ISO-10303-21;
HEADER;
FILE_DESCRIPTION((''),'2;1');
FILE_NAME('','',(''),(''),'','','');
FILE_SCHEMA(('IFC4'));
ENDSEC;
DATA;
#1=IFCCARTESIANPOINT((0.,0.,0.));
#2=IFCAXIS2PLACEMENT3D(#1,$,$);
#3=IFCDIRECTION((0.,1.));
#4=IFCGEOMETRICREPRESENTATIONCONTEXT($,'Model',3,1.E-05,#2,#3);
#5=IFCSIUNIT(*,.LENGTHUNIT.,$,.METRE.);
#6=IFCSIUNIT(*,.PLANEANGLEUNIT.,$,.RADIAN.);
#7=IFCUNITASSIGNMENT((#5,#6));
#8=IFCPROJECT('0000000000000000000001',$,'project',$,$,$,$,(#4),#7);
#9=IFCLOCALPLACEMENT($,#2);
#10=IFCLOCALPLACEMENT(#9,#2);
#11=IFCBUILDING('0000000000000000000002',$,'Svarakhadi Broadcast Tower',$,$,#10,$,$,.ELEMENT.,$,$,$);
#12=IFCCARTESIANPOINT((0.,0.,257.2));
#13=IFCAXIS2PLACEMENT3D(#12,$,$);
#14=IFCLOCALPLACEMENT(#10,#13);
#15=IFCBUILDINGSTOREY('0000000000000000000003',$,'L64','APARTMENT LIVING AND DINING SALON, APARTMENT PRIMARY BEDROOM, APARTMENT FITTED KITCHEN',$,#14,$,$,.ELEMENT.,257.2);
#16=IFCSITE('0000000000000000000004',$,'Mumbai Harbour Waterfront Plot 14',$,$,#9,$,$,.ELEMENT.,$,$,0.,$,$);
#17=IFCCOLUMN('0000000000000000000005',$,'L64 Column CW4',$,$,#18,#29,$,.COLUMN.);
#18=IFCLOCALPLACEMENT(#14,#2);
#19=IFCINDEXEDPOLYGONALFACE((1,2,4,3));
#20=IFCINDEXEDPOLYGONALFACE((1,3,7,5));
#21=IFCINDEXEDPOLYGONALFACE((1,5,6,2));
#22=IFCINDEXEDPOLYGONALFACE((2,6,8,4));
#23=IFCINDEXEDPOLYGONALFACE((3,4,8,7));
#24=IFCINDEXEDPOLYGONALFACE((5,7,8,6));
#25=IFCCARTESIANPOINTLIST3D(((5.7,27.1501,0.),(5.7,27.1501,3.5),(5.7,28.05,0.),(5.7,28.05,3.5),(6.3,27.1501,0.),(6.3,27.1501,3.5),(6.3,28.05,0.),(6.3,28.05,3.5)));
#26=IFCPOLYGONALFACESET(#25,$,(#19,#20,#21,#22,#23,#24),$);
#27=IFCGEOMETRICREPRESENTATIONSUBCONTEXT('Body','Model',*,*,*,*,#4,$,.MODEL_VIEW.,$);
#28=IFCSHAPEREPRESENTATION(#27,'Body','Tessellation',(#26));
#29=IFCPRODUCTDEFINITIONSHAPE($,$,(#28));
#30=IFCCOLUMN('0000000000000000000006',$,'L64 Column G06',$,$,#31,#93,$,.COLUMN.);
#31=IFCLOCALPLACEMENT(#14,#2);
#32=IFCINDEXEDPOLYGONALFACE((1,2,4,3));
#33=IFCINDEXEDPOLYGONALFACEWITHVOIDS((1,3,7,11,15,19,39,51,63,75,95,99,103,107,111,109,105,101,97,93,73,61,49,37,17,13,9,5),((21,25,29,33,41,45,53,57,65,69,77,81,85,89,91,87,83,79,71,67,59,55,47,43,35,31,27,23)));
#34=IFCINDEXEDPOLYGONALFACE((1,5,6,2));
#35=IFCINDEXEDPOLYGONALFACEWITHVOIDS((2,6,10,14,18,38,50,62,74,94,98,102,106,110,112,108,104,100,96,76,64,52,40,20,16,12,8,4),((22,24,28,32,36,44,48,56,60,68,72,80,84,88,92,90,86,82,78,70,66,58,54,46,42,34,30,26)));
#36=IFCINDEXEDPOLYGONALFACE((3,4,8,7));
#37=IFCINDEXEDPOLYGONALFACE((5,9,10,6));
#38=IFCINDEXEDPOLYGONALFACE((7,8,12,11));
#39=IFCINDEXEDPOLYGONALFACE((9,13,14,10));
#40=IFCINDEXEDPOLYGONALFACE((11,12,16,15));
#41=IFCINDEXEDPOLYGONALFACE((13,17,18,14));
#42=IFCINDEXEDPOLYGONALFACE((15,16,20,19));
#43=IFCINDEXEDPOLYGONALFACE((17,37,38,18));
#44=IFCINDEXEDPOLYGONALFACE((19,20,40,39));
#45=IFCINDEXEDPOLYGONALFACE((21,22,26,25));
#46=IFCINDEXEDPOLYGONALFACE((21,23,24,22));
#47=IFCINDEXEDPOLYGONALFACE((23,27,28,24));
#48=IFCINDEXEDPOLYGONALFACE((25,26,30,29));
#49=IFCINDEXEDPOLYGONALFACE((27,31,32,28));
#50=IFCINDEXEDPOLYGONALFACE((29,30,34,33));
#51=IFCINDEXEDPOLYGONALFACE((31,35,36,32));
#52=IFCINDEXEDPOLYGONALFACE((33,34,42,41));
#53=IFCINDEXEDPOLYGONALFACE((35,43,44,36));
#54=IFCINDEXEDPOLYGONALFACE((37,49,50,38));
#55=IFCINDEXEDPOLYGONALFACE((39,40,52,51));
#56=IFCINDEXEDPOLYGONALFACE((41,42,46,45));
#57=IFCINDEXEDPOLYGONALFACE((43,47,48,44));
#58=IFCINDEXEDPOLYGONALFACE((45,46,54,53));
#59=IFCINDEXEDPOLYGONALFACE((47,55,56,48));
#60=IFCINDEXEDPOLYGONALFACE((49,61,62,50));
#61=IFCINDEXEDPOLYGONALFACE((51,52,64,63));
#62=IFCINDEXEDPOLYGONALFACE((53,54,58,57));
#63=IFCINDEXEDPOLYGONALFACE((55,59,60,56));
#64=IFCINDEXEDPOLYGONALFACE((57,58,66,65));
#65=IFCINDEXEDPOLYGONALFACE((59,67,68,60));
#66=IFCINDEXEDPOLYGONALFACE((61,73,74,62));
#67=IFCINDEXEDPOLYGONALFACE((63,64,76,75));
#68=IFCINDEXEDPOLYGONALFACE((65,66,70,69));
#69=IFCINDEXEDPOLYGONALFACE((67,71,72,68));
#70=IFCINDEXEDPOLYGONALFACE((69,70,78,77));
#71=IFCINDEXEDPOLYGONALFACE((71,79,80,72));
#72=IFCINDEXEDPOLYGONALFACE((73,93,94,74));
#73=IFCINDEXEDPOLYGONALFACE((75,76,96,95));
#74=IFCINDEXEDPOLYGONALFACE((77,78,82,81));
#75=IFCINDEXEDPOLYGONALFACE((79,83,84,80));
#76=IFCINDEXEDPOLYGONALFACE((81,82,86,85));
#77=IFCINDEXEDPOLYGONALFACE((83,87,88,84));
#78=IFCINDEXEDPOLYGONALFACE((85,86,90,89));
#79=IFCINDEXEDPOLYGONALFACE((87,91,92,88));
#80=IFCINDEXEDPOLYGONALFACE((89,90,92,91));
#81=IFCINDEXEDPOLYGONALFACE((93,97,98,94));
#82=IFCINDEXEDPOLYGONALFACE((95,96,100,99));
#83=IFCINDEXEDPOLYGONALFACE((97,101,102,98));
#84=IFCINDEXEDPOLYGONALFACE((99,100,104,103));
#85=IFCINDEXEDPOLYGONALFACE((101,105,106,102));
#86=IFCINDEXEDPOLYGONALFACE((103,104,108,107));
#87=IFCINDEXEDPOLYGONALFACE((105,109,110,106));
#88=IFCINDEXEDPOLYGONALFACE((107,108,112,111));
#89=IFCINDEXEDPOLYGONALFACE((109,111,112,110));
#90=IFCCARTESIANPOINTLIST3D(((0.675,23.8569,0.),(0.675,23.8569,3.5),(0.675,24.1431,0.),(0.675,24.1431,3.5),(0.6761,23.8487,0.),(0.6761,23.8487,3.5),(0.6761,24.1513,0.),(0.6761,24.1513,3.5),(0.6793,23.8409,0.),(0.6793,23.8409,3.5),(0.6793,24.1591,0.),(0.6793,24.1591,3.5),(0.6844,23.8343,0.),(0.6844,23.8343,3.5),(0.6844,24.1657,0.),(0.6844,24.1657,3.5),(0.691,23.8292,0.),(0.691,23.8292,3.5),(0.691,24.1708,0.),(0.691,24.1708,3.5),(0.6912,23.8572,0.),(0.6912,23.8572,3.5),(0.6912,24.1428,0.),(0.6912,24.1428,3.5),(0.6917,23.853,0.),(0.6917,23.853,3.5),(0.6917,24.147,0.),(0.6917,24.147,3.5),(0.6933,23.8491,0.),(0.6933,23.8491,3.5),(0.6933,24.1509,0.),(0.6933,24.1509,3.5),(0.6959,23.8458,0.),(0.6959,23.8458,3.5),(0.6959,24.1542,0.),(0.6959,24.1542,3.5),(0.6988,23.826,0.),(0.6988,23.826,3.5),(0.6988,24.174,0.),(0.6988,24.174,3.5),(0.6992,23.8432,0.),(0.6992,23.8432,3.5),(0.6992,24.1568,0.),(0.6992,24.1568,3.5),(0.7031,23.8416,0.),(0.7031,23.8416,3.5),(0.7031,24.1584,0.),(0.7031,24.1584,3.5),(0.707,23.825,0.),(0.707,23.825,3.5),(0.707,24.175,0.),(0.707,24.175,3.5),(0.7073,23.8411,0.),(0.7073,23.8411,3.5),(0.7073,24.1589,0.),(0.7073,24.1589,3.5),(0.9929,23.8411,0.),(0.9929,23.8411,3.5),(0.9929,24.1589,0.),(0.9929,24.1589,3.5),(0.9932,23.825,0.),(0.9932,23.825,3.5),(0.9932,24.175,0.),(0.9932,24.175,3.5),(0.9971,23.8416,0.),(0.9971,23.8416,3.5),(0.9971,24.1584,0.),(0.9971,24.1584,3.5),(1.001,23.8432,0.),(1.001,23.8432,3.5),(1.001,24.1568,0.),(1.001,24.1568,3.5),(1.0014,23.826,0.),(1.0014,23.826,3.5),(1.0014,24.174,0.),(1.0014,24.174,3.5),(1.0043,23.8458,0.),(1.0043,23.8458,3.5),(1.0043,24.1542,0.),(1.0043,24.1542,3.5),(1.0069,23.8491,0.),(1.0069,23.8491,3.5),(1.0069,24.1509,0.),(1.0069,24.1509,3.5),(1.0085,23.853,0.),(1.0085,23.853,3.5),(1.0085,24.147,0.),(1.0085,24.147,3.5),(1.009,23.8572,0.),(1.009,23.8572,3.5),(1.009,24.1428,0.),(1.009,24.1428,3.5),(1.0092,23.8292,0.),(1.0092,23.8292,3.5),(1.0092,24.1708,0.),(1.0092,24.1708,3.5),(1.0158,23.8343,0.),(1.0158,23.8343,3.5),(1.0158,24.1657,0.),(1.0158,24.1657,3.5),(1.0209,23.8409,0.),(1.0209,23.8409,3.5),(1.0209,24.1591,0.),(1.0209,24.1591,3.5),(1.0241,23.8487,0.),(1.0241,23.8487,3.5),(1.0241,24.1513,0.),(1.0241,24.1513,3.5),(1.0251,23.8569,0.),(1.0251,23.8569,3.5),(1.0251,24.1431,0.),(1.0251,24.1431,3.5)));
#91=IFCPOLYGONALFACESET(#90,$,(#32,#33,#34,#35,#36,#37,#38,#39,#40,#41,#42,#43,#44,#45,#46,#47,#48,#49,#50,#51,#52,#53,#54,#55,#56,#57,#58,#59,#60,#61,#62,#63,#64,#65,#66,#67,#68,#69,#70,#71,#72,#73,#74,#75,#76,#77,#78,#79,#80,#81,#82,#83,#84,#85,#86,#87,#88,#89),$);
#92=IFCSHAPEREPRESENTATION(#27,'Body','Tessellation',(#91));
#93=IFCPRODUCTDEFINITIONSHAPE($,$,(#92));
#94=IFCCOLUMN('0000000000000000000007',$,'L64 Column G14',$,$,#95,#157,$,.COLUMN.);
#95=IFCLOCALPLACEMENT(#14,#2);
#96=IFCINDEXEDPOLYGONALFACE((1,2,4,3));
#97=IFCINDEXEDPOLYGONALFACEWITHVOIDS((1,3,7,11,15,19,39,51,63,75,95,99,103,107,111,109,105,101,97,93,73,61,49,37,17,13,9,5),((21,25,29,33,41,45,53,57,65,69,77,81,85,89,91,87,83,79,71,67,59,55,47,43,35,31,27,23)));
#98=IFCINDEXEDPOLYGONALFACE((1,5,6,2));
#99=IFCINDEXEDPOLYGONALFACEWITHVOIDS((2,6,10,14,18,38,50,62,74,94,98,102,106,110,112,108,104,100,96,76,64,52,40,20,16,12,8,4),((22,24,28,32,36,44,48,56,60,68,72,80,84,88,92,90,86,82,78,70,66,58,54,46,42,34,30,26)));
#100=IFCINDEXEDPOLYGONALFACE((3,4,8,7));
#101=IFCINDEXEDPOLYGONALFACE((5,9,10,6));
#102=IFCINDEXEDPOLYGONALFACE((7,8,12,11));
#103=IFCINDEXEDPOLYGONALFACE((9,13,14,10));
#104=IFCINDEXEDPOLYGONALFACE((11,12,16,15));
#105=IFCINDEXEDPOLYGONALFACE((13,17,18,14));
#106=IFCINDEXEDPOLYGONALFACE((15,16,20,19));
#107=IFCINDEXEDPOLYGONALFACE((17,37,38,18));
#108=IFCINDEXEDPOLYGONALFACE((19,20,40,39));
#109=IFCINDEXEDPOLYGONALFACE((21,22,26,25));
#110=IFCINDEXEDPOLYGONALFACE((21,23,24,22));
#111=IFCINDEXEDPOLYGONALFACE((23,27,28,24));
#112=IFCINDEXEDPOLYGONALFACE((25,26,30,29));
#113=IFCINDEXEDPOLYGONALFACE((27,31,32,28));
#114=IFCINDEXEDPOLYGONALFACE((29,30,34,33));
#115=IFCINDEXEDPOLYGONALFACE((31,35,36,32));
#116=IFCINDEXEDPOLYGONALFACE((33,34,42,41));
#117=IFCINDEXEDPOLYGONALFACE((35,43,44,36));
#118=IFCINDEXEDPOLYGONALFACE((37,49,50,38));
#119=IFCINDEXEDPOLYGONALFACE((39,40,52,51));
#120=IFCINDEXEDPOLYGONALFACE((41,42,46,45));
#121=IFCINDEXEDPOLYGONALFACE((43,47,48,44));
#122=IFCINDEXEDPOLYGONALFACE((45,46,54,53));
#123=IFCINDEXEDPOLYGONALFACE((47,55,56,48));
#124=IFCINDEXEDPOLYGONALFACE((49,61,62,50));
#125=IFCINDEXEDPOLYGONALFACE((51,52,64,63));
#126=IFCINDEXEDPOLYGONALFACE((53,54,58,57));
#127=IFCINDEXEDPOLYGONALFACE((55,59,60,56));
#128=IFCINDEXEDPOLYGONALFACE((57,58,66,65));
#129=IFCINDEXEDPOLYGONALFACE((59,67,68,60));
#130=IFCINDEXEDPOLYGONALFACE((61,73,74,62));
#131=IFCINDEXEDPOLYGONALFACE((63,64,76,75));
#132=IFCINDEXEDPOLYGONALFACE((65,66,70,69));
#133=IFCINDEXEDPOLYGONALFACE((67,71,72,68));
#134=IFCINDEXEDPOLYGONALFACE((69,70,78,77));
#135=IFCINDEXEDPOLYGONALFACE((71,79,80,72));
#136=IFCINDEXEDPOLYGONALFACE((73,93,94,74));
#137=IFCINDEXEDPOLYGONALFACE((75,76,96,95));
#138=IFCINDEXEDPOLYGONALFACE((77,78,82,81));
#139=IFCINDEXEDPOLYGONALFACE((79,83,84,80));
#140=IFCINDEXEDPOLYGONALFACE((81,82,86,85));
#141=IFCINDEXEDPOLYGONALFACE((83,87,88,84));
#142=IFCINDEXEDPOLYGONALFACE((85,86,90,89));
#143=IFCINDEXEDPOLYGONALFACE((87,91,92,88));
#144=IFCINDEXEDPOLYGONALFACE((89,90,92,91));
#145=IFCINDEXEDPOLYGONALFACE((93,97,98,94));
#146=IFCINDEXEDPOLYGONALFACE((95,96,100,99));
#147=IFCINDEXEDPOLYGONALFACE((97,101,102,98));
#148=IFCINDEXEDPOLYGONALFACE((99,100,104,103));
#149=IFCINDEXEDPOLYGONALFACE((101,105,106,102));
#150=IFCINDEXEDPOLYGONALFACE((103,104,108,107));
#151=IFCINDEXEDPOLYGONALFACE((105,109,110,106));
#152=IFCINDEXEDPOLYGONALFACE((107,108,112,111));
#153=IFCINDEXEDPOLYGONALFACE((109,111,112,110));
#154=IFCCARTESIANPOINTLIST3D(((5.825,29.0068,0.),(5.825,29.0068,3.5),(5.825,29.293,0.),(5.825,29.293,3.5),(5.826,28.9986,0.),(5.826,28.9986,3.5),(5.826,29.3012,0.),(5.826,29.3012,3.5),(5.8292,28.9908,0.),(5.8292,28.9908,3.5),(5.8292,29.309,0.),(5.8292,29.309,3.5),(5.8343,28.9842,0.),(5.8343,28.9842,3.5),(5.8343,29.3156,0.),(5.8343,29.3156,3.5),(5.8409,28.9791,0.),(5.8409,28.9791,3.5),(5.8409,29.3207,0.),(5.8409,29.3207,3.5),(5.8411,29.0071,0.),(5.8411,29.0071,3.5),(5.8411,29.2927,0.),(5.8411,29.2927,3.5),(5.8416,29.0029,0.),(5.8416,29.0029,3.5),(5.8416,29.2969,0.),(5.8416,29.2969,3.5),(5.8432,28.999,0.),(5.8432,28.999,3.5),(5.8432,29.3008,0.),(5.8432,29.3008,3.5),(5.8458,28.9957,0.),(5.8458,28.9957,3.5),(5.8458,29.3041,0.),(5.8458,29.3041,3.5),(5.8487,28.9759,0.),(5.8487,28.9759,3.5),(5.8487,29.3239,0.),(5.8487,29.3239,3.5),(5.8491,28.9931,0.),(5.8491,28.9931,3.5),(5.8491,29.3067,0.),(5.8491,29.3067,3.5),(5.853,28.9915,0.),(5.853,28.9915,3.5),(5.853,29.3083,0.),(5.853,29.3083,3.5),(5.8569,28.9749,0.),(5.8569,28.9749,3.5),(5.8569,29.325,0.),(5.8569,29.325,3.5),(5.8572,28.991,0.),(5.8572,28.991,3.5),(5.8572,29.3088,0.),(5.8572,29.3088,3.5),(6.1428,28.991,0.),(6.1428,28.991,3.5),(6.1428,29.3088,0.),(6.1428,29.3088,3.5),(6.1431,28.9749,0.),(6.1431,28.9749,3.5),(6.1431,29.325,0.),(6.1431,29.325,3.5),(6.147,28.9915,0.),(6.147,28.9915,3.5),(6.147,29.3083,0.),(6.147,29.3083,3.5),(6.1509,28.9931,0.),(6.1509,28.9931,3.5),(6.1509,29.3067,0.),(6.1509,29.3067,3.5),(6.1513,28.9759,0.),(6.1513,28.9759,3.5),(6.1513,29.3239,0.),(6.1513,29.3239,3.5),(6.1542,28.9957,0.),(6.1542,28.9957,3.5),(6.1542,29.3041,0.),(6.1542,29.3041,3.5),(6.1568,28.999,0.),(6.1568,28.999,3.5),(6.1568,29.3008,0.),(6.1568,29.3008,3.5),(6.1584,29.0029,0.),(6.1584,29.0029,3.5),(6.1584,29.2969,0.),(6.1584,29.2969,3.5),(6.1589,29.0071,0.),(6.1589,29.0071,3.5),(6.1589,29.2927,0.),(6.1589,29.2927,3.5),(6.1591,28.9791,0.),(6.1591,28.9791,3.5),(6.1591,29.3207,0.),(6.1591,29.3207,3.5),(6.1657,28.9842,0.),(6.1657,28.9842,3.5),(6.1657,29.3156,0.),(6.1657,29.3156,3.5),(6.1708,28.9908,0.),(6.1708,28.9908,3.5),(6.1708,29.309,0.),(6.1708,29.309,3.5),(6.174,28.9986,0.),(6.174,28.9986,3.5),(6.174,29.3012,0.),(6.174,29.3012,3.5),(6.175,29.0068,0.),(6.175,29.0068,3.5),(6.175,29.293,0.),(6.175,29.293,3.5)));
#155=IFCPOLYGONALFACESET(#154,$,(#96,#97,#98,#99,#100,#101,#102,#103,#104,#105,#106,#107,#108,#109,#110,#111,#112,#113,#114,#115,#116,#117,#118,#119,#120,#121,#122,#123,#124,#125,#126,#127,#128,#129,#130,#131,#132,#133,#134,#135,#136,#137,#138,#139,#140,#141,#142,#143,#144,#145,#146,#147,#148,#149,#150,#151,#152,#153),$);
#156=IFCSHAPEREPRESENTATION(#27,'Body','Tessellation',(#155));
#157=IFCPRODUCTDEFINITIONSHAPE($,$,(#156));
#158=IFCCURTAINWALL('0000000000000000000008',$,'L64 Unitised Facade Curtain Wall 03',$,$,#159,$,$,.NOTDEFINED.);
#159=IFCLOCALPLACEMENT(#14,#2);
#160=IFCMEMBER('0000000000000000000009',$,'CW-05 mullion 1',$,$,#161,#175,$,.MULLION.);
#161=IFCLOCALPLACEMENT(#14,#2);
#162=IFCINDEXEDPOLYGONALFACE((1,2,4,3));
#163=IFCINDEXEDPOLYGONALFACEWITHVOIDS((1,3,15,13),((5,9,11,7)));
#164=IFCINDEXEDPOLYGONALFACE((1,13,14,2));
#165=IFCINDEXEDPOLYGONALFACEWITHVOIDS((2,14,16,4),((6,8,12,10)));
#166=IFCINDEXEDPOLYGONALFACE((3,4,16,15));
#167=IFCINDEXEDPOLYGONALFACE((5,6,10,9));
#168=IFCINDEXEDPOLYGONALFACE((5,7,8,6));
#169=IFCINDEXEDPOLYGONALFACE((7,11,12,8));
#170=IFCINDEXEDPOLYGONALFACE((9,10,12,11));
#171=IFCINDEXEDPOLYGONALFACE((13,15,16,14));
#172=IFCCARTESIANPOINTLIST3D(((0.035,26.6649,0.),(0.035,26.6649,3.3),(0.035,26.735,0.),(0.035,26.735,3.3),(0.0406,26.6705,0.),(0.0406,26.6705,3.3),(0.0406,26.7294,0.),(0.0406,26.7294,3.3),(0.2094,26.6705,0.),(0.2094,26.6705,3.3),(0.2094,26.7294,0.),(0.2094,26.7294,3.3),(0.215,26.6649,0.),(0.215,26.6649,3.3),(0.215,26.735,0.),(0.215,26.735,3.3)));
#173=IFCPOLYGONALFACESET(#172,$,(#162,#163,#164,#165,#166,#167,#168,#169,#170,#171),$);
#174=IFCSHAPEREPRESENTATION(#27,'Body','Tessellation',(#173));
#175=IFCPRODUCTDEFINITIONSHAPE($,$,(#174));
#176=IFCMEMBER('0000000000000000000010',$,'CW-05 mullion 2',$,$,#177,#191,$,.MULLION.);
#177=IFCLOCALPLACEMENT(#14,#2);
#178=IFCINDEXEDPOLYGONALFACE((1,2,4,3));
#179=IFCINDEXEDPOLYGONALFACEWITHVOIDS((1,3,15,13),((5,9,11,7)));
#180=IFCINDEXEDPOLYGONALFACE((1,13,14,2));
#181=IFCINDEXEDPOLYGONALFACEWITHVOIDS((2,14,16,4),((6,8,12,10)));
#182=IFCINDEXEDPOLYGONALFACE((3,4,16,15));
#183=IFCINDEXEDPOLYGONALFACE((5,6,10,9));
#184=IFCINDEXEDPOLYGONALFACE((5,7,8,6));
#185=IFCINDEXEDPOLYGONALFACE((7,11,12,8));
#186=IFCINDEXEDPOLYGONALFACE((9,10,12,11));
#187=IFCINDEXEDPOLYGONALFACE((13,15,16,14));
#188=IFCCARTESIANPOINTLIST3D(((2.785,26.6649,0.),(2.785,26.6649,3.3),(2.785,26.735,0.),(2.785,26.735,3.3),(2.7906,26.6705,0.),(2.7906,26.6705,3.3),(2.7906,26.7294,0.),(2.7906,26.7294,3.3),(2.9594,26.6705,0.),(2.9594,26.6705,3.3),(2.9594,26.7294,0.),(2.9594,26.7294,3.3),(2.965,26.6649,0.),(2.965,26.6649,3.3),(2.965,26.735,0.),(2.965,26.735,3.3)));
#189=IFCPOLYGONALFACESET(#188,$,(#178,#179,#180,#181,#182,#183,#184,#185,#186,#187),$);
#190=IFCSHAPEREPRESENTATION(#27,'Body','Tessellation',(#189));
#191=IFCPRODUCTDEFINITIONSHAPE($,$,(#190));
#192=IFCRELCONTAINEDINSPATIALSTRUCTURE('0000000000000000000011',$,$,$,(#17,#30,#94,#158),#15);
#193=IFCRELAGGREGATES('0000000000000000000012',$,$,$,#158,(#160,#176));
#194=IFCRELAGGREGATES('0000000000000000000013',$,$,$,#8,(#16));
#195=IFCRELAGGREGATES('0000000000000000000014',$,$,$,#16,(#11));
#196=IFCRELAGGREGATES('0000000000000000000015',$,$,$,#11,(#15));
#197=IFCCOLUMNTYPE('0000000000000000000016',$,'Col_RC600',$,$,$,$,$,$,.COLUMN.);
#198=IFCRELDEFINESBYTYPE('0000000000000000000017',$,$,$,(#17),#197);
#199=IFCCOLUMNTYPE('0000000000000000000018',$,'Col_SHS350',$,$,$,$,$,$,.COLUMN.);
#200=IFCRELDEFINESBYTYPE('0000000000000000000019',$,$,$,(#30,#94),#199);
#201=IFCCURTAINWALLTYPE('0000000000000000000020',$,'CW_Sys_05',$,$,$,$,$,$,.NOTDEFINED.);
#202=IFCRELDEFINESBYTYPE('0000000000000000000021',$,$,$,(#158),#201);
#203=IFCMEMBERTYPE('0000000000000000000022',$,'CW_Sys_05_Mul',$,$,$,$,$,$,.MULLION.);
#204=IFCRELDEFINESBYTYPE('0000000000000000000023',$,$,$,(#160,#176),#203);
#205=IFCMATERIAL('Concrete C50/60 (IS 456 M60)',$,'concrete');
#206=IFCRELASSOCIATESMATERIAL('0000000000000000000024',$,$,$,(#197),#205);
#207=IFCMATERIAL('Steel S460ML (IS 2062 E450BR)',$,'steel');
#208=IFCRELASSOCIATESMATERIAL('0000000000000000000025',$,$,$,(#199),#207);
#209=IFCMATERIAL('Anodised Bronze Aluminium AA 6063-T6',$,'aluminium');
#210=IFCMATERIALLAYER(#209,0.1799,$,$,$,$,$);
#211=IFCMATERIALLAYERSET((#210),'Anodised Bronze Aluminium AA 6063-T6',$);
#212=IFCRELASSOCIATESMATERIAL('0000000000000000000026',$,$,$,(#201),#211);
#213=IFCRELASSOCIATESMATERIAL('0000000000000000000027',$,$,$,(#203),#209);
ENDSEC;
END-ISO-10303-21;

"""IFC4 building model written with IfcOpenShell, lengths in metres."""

from ifc_helpers import new_model, si_unit, direction, frame, origin, origin_2d, place, context, subcontext, project, spatial, rectangle, hollow_rectangle, extrude, material, layer, layer_set, material_profile, profile_set, type_object, element, aggregate, save


model = new_model("IFC4")

# Units and contexts
model_context = context("Model", 3, precision=1e-05, world=origin(), true_north=direction((0.0, 1.0)))
body_context = subcontext(model_context, "Body", "Model", "MODEL_VIEW")
ifc_project = project(units=[si_unit("LENGTHUNIT", "METRE"), si_unit("PLANEANGLEUNIT", "RADIAN")], contexts=[model_context])

# Site, building, storey
site_placement = place(None, origin())
site = spatial("IfcSite", under=ifc_project, at=site_placement, Name="Mumbai Harbour Waterfront Plot 14", CompositionType="ELEMENT", RefElevation=0.0)
building_placement = place(site_placement, origin())
building = spatial("IfcBuilding", under=site, at=building_placement, Name="Svarakhadi Broadcast Tower", CompositionType="ELEMENT")
storey_placement = place(building_placement, frame((0.0, 0.0, 257.2)))
storey = spatial("IfcBuildingStorey", under=building, at=storey_placement, Name="L64", Description="APARTMENT LIVING AND DINING SALON, APARTMENT PRIMARY BEDROOM, APARTMENT FITTED KITCHEN", CompositionType="ELEMENT", Elevation=257.2)

# Columns
ifc_material_1 = material(Name="Concrete C50/60 (IS 456 M60)", Category="concrete")
ifc_material_profile_1 = material_profile(ifc_material_1, rectangle(XDim=0.6001, YDim=0.8999, at=origin_2d()), Name="RC 600x900")
ifc_profile_set_1 = profile_set([ifc_material_profile_1], Name="Concrete C50/60 (IS 456 M60)")
column_type_1 = type_object("IfcColumnType", Name="Col_RC600", PredefinedType="COLUMN", material=ifc_profile_set_1)
column_placement = place(storey_placement, frame((6.0, 27.6001, 0.0), z_axis=(0.0, 0.0, 1.0), x_axis=(1.0, 0.0, 0.0)))
element("IfcColumn", 1, at=column_placement, inside=storey, type_object=column_type_1, Name="L64 Column CW4", PredefinedType="COLUMN", context=body_context, shape_type="SweptSolid", body=[
    extrude(rectangle(XDim=0.6001, YDim=0.8999, at=origin_2d()), origin(), (0.0, 0.0, 1.0), 3.5),
])
ifc_material_2 = material(Name="Steel S460ML (IS 2062 E450BR)", Category="steel")
ifc_material_profile_2 = material_profile(ifc_material_2, hollow_rectangle(XDim=0.3501, YDim=0.3501, WallThickness=0.0161, InnerFilletRadius=0.0161, OuterFilletRadius=0.032, at=origin_2d()), Name="SHS 350x350x16")
ifc_profile_set_2 = profile_set([ifc_material_profile_2], Name="Steel S460ML (IS 2062 E450BR)")
column_type_2 = type_object("IfcColumnType", Name="Col_SHS350", PredefinedType="COLUMN", material=ifc_profile_set_2)
for number, where, z_axis, x_axis, name in (
    (2, (0.8501, 24.0, 0.0), (0.0, 0.0, 1.0), (1.0, 0.0, 0.0), "L64 Column G06"),
    (3, (6.0, 29.1499, 0.0), (0.0, 0.0, 1.0), (1.0, 0.0, 0.0), "L64 Column G14"),
):
    element("IfcColumn", number, at=place(storey_placement, frame(where, z_axis=z_axis, x_axis=x_axis)), inside=storey, type_object=column_type_2, Name=name, PredefinedType="COLUMN", context=body_context, shape_type="SweptSolid", body=[
        extrude(hollow_rectangle(XDim=0.3501, YDim=0.3501, WallThickness=0.0161, InnerFilletRadius=0.0161, OuterFilletRadius=0.032, at=origin_2d()), origin(), (0.0, 0.0, 1.0), 3.5),
    ])

# Curtain wall, members
ifc_material_3 = material(Name="Anodised Bronze Aluminium AA 6063-T6", Category="aluminium")
ifc_layer_1 = layer(ifc_material_3, 0.1799)
ifc_layer_set_1 = layer_set([ifc_layer_1], Name="Anodised Bronze Aluminium AA 6063-T6")
curtain_wall_type = type_object("IfcCurtainWallType", Name="CW_Sys_05", PredefinedType="NOTDEFINED", material=ifc_layer_set_1)
curtain_wall_1_placement = place(storey_placement, origin())
curtain_wall_1 = element("IfcCurtainWall", 4, at=curtain_wall_1_placement, inside=storey, type_object=curtain_wall_type, Name="L64 Unitised Facade Curtain Wall 03", PredefinedType="NOTDEFINED")
ifc_material_profile_3 = material_profile(ifc_material_3, hollow_rectangle(XDim=0.0701, YDim=0.1799, WallThickness=0.0056, at=origin_2d()), Name="ALU MULLION 180x70x6")
ifc_profile_set_3 = profile_set([ifc_material_profile_3], Name="Anodised Bronze Aluminium AA 6063-T6")
member_type_1 = type_object("IfcMemberType", Name="CW_Sys_05_Mul", PredefinedType="MULLION", material=ifc_profile_set_3)
member_1_placement = place(storey_placement, frame((0.125, 26.7, 0.0), z_axis=(0.0, 0.0, 1.0), x_axis=(0.0, 1.0, 0.0)))
member_1 = element("IfcMember", 5, at=member_1_placement, type_object=member_type_1, Name="CW-05 mullion 1", PredefinedType="MULLION", context=body_context, shape_type="SweptSolid", body=[
    extrude(hollow_rectangle(XDim=0.0701, YDim=0.1799, WallThickness=0.0056, at=origin_2d()), origin(), (0.0, 0.0, 1.0), 3.3),
])
member_2_placement = place(storey_placement, frame((2.875, 26.7, 0.0), z_axis=(0.0, 0.0, 1.0), x_axis=(0.0, 1.0, 0.0)))
member_2 = element("IfcMember", 6, at=member_2_placement, type_object=member_type_1, Name="CW-05 mullion 2", PredefinedType="MULLION", context=body_context, shape_type="SweptSolid", body=[
    extrude(hollow_rectangle(XDim=0.0701, YDim=0.1799, WallThickness=0.0056, at=origin_2d()), origin(), (0.0, 0.0, 1.0), 3.3),
])

aggregate(curtain_wall_1, [member_1, member_2])

save(model, "model.ifc")
